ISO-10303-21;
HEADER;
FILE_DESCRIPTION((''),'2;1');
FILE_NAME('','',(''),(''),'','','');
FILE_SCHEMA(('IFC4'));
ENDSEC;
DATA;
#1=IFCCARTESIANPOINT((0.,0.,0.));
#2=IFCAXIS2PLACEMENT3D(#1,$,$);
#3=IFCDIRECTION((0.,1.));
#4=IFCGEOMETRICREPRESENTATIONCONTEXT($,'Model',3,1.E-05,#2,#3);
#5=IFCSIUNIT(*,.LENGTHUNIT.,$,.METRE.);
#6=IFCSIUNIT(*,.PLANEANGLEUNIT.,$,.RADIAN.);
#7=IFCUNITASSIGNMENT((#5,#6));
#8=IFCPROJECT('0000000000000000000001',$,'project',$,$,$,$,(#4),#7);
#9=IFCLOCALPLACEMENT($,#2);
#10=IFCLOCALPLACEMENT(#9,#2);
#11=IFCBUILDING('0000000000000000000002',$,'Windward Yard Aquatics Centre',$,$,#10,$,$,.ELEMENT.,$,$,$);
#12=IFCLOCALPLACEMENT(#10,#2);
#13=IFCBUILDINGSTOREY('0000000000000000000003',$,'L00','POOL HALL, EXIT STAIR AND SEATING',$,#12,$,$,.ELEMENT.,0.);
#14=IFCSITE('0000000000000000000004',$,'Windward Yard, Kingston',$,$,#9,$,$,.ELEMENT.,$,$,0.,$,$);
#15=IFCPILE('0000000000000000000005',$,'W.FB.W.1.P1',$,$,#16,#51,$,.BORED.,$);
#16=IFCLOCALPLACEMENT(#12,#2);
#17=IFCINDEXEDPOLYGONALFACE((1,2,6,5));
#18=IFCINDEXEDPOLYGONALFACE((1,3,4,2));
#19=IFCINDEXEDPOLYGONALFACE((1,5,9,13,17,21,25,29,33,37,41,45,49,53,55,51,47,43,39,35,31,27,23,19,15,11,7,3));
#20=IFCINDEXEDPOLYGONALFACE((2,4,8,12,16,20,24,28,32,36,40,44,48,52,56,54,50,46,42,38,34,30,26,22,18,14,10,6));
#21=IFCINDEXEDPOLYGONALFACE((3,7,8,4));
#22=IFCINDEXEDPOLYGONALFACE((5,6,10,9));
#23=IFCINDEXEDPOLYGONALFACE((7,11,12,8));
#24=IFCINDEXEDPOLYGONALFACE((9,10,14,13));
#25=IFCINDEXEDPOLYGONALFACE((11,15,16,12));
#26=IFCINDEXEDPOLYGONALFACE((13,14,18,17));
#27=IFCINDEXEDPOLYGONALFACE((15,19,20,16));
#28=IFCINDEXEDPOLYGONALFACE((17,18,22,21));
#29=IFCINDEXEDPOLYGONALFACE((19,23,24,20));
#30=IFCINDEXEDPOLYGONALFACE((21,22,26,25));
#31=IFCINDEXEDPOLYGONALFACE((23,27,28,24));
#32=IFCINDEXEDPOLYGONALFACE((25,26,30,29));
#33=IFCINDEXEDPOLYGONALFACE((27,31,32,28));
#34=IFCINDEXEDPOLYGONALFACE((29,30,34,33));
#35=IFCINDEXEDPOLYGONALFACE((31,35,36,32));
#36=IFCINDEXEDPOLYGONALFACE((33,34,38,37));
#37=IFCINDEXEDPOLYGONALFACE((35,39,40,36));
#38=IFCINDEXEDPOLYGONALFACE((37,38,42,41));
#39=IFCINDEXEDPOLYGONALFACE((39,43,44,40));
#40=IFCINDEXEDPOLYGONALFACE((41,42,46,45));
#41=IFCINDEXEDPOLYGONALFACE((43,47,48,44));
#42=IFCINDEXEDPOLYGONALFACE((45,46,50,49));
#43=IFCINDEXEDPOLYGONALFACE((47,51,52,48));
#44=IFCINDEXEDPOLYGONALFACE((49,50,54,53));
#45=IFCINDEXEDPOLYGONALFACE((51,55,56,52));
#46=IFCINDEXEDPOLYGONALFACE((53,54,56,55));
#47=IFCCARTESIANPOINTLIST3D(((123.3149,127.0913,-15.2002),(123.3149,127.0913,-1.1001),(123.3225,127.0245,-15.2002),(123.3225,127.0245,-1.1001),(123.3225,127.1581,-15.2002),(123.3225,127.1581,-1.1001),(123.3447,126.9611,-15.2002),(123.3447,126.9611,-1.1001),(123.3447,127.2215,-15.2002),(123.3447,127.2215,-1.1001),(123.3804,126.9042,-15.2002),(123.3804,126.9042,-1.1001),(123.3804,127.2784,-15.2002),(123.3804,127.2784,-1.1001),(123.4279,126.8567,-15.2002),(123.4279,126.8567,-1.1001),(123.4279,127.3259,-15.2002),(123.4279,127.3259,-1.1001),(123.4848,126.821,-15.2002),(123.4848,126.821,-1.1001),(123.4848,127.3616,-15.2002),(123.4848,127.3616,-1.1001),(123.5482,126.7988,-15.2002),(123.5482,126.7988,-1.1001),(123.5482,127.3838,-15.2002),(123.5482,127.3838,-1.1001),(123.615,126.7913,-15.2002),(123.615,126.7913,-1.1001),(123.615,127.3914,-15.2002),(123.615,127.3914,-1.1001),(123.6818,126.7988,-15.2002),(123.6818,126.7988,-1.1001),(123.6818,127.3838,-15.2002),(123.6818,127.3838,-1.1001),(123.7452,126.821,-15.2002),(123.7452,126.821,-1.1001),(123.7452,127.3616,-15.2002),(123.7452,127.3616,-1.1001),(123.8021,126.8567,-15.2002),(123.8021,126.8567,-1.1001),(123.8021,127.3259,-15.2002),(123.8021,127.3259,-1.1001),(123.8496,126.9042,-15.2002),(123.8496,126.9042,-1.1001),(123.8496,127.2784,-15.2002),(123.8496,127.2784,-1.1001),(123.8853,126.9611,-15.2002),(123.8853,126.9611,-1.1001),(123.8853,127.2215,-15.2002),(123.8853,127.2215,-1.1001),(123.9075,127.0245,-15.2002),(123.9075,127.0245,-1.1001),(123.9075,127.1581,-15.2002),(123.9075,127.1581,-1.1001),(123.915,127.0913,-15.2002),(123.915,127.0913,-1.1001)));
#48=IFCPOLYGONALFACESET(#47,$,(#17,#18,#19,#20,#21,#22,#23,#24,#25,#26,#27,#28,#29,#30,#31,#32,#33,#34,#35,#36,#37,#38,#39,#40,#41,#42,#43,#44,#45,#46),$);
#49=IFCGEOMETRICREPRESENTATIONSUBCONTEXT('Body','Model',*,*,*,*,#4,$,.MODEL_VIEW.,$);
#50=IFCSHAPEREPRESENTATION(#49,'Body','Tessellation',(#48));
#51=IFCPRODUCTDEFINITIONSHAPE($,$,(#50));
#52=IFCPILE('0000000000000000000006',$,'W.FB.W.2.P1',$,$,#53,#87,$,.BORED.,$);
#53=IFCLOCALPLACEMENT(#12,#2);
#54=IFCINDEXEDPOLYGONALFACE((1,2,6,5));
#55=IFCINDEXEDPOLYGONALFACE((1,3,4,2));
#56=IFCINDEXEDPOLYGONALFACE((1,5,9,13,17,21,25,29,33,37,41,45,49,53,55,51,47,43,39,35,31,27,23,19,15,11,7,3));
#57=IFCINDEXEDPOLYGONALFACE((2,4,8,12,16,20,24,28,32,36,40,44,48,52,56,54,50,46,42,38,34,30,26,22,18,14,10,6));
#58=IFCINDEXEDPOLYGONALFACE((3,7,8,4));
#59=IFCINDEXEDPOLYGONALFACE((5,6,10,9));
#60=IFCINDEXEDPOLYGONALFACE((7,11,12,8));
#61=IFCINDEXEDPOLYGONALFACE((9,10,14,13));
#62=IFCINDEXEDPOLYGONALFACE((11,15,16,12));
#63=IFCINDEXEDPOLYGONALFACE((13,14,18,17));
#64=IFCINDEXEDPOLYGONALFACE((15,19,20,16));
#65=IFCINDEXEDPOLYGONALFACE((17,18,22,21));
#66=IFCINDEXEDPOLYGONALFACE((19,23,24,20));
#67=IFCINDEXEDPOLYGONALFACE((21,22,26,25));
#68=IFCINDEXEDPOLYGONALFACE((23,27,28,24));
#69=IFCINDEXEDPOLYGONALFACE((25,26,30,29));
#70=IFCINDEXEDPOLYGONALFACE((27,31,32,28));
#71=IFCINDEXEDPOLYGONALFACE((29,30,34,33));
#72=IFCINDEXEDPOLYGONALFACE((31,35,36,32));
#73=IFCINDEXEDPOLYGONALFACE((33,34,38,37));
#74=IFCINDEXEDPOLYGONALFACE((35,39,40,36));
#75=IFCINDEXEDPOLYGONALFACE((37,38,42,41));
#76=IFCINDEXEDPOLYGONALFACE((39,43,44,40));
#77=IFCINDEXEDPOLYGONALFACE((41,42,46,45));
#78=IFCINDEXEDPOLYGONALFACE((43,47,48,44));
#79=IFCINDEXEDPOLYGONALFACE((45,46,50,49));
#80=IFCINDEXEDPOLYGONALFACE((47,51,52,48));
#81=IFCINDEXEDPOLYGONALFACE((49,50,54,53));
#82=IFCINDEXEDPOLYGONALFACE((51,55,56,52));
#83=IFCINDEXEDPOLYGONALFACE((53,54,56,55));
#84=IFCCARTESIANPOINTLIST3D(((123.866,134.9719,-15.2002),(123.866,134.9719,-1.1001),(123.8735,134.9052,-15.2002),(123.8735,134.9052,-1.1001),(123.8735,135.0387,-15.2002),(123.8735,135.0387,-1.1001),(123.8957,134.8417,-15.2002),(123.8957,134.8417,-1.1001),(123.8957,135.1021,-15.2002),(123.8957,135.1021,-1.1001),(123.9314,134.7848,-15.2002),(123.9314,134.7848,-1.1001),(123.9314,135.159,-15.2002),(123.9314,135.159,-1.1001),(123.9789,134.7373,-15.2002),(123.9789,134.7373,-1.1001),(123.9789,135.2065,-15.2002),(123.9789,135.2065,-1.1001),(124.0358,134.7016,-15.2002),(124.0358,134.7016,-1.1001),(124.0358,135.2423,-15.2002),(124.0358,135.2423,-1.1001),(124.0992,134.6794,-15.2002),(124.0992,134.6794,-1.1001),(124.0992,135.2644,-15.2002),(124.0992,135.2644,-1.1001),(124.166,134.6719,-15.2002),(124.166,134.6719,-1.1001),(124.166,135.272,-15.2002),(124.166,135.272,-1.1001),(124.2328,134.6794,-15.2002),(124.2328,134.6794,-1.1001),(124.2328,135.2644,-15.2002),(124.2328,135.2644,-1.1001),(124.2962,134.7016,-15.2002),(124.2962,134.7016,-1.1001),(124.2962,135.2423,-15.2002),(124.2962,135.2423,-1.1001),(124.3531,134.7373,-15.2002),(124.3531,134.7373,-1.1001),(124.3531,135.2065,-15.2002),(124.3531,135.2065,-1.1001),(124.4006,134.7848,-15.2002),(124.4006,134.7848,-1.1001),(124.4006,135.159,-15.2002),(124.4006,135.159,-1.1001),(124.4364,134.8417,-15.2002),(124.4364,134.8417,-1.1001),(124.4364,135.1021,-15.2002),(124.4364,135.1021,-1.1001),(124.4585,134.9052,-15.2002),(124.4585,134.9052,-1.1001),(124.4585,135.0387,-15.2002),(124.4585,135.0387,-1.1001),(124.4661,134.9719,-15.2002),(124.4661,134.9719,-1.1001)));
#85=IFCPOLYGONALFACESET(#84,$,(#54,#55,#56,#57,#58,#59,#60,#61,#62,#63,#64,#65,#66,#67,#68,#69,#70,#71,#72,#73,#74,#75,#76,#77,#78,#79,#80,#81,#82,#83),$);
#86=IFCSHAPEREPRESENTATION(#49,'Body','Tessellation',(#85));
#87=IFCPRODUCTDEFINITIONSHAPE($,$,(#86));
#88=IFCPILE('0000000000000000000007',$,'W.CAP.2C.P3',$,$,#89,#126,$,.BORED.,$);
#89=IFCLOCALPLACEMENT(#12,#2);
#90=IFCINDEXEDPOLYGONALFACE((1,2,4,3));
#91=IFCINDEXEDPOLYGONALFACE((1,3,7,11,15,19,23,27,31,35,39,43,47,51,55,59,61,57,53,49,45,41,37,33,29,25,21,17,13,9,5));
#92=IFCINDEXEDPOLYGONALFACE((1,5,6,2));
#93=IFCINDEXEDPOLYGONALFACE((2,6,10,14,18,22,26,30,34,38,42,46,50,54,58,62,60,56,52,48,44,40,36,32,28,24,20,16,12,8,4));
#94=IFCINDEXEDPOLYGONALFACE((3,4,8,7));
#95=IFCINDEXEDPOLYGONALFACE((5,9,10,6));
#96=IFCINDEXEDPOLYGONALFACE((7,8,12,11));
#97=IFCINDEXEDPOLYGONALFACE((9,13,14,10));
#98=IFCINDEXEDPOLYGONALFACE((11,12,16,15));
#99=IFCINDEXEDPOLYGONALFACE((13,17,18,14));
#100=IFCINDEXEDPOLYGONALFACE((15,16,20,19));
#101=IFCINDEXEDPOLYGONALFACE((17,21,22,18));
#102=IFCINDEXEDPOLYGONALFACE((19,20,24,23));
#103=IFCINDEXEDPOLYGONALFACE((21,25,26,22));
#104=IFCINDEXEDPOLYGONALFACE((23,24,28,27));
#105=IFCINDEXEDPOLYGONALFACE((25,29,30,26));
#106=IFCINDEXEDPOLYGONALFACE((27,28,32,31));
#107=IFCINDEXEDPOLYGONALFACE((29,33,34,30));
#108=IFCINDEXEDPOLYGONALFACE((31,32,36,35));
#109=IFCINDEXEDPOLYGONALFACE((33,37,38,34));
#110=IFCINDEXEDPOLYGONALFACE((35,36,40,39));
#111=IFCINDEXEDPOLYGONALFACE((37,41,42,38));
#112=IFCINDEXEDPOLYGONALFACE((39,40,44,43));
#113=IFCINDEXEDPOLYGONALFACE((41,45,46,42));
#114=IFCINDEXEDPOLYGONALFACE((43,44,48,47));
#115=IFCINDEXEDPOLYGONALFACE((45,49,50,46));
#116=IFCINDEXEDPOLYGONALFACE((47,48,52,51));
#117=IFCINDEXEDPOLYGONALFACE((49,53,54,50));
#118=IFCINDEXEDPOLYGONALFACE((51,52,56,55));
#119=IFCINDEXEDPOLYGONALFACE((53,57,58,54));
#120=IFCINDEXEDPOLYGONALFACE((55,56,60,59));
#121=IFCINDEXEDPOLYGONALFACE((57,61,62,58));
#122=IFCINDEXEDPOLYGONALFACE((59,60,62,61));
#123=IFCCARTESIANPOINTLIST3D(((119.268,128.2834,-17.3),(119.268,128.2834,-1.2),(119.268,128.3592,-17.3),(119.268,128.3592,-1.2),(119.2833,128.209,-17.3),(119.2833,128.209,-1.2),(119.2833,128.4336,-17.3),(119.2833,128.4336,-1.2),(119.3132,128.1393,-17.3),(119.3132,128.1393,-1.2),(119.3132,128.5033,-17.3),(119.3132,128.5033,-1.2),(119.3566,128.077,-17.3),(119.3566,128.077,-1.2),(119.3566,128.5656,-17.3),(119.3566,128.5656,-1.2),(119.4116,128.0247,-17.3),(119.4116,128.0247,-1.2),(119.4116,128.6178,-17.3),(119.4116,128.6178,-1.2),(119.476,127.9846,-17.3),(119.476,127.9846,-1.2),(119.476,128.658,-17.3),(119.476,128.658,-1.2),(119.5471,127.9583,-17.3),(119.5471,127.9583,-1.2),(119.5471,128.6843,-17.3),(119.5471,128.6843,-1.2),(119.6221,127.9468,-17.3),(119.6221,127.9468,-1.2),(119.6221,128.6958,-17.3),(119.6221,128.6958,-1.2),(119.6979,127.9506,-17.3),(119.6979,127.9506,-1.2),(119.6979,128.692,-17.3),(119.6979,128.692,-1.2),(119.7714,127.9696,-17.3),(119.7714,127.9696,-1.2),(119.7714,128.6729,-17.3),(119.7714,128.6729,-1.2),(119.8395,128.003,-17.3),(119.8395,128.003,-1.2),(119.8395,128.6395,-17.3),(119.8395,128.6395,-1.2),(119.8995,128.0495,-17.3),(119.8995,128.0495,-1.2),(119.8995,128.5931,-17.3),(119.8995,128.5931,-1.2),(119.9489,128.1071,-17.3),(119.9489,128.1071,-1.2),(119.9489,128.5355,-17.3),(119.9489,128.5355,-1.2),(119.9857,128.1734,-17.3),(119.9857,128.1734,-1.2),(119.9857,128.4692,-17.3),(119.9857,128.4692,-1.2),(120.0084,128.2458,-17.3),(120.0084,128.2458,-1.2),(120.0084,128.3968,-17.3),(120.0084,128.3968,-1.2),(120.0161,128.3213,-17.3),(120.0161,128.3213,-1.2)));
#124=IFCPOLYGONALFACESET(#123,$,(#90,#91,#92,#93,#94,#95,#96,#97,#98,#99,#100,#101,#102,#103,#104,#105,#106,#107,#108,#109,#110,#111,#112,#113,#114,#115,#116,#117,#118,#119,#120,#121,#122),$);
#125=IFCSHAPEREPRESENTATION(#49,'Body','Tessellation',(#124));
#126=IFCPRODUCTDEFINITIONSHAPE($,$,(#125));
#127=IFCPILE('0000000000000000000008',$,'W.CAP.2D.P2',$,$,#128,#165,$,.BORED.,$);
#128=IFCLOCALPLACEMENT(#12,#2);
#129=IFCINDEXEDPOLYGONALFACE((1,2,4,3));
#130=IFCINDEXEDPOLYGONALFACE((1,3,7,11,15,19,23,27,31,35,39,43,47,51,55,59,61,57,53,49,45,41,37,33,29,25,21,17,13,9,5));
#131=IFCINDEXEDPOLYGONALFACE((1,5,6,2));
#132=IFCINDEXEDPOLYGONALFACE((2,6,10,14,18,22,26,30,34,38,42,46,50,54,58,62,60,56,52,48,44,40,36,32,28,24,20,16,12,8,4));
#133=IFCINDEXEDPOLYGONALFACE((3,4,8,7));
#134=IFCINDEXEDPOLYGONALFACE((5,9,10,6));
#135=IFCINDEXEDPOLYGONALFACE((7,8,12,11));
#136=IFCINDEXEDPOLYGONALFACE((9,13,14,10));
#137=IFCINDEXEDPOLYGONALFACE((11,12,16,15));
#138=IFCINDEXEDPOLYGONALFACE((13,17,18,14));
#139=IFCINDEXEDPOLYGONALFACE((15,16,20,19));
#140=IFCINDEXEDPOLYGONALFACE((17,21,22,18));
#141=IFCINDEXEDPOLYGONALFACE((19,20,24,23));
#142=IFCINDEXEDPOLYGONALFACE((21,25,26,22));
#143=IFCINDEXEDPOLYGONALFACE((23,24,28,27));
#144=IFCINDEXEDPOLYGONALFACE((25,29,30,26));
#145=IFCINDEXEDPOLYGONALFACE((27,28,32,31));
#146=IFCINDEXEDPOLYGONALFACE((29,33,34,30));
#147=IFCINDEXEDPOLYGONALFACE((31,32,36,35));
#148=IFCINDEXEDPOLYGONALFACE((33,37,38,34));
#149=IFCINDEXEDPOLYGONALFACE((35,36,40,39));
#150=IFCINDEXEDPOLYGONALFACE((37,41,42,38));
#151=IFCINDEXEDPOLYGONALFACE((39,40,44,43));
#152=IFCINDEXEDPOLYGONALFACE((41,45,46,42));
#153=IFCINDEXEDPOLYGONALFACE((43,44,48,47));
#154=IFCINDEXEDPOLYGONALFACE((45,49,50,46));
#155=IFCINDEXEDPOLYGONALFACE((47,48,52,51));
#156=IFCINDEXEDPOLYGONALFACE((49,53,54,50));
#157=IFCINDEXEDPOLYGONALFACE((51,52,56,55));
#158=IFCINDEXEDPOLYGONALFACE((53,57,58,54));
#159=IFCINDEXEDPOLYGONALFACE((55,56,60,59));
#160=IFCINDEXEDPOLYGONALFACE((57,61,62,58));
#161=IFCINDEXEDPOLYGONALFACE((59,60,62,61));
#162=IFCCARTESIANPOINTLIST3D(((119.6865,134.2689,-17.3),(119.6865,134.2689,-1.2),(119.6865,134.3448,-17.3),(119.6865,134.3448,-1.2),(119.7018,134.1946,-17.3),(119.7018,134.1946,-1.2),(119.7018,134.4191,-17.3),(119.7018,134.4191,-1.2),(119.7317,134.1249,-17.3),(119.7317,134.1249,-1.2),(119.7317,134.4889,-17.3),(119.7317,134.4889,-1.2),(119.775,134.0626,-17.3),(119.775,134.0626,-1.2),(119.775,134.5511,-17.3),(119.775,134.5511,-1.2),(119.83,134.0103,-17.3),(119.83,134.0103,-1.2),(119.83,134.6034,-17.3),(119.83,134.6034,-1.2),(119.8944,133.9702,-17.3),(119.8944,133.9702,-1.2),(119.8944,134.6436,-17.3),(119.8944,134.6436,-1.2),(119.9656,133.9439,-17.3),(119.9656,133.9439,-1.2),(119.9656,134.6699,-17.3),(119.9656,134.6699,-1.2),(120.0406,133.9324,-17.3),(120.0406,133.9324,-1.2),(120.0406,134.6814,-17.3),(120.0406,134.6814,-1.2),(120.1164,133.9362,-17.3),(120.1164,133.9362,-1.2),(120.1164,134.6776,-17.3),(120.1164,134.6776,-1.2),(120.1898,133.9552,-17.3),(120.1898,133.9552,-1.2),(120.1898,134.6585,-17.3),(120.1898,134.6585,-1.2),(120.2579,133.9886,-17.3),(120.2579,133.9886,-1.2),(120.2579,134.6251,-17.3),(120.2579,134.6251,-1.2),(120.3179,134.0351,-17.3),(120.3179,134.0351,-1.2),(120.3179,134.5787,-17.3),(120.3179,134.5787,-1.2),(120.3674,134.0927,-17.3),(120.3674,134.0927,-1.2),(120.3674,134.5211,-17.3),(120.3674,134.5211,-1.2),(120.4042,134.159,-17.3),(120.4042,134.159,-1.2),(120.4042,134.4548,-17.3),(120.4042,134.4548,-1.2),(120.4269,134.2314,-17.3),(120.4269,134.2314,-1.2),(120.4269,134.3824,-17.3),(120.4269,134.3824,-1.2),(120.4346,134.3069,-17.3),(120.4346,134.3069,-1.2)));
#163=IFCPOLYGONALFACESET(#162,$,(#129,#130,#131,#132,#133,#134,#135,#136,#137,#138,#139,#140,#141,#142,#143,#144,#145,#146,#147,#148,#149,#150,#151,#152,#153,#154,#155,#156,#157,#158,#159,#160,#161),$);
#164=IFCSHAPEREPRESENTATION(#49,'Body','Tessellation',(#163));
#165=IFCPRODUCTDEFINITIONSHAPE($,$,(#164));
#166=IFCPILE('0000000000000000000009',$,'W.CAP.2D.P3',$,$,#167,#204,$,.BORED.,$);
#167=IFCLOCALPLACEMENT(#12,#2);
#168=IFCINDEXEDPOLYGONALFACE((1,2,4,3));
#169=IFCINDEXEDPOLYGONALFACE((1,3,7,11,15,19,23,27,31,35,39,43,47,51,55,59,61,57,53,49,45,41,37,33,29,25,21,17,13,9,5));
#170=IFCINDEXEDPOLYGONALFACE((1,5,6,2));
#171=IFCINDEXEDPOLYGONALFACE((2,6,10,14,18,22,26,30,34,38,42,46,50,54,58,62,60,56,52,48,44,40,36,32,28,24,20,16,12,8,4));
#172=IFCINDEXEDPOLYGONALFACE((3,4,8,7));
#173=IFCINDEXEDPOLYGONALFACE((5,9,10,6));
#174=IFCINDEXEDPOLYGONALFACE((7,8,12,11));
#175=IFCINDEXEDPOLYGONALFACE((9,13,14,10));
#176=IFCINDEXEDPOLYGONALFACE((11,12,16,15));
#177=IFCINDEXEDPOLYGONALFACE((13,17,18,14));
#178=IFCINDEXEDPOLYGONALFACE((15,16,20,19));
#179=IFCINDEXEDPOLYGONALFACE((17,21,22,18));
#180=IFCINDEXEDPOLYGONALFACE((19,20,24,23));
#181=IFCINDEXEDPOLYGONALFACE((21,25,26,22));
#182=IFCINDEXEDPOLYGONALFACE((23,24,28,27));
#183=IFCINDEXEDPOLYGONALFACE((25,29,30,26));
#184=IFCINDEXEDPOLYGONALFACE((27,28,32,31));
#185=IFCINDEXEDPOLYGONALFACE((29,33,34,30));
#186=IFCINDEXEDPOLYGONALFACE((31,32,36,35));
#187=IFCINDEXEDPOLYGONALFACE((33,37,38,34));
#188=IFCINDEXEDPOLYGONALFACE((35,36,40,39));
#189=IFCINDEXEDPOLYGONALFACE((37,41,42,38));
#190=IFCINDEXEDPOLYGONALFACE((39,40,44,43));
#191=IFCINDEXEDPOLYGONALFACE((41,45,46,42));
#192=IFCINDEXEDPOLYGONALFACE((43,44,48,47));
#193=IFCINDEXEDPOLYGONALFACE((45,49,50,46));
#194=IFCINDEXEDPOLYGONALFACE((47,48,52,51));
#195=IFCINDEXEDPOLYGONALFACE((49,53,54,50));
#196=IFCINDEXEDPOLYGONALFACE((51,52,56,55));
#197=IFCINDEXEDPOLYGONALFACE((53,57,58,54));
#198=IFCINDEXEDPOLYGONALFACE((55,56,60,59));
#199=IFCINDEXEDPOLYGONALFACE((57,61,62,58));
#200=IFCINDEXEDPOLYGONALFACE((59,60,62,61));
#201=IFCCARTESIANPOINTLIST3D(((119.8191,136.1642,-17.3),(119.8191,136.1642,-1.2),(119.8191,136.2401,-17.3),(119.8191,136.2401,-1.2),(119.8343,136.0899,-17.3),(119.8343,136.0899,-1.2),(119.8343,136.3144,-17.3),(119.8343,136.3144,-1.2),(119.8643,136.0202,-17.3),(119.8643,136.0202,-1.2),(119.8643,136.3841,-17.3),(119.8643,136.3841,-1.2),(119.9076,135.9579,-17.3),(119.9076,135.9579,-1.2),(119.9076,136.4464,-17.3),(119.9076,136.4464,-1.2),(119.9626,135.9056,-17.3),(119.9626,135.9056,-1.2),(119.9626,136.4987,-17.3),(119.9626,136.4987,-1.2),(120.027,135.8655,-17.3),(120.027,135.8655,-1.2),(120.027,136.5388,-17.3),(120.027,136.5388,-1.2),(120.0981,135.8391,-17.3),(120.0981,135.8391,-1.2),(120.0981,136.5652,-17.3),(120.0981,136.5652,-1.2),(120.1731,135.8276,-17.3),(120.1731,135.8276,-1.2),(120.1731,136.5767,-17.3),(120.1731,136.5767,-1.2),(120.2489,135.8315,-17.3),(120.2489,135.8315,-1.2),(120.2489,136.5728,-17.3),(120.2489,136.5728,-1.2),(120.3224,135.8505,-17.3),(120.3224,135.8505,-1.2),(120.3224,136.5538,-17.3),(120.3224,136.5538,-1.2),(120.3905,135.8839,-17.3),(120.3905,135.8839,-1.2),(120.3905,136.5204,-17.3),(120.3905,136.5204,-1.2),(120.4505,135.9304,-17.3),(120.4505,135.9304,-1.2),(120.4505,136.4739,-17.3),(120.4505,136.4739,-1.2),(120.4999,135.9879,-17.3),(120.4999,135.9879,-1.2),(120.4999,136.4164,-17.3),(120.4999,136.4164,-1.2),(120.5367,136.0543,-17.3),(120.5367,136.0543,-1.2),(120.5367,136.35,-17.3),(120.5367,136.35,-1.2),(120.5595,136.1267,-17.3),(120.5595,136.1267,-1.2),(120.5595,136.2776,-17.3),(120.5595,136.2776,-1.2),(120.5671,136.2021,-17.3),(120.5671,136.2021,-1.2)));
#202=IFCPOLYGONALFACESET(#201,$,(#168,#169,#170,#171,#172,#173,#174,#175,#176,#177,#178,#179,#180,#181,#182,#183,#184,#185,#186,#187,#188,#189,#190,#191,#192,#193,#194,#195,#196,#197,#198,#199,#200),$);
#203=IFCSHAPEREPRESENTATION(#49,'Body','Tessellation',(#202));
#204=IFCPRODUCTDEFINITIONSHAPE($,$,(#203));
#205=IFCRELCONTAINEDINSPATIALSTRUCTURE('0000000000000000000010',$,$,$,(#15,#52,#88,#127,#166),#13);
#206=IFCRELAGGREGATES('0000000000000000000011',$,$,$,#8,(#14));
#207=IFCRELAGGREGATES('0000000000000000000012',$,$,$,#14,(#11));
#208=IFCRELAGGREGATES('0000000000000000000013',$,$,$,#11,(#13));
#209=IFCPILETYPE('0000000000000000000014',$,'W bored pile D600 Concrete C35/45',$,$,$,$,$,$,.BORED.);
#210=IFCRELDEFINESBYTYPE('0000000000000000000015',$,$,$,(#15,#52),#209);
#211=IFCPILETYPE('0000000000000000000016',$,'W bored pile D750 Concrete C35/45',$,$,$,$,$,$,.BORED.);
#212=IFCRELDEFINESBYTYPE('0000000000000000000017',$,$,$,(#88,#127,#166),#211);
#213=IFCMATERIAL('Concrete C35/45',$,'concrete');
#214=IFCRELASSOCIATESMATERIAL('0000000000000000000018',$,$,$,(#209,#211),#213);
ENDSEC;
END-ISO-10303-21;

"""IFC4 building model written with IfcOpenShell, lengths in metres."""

from ifc_helpers import new_model, si_unit, direction, frame, origin, origin_2d, place, context, subcontext, project, spatial, circle, extrude, material, material_profile, profile_set, type_object, element, save


model = new_model("IFC4")

# Units and contexts
model_context = context("Model", 3, precision=1e-05, world=origin(), true_north=direction((0.0, 1.0)))
body_context = subcontext(model_context, "Body", "Model", "MODEL_VIEW")
ifc_project = project(units=[si_unit("LENGTHUNIT", "METRE"), si_unit("PLANEANGLEUNIT", "RADIAN")], contexts=[model_context])

# Site, building, storey
site_placement = place(None, origin())
site = spatial("IfcSite", under=ifc_project, at=site_placement, Name="Windward Yard, Kingston", CompositionType="ELEMENT", RefElevation=0.0)
building_placement = place(site_placement, origin())
building = spatial("IfcBuilding", under=site, at=building_placement, Name="Windward Yard Aquatics Centre", CompositionType="ELEMENT")
storey_placement = place(building_placement, origin())
storey = spatial("IfcBuildingStorey", under=building, at=storey_placement, Name="L00", Description="POOL HALL, EXIT STAIR AND SEATING", CompositionType="ELEMENT", Elevation=0.0)

# Piles
ifc_material_1 = material(Name="Concrete C35/45", Category="concrete")
ifc_material_profile_1 = material_profile(ifc_material_1, circle(Radius=0.3, at=origin_2d()), Name="D600")
ifc_profile_set_1 = profile_set([ifc_material_profile_1], Name="Concrete C35/45")
pile_type_1 = type_object("IfcPileType", Name="W bored pile D600 Concrete C35/45", PredefinedType="BORED", material=ifc_profile_set_1)
for number, where, z_axis, x_axis, name in (
    (1, (123.615, 127.0913, -1.1001), (0.0, 0.0, -1.0), (1.0, 0.0, 0.0), "W.FB.W.1.P1"),
    (2, (124.166, 134.9719, -1.1001), (0.0, 0.0, -1.0), (1.0, 0.0, 0.0), "W.FB.W.2.P1"),
):
    element("IfcPile", number, at=place(storey_placement, frame(where, z_axis=z_axis, x_axis=x_axis)), inside=storey, type_object=pile_type_1, Name=name, PredefinedType="BORED", context=body_context, shape_type="SweptSolid", body=[
        extrude(circle(Radius=0.3, at=origin_2d()), origin(), (0.0, 0.0, 1.0), 14.1001),
    ])
ifc_material_profile_2 = material_profile(ifc_material_1, circle(Radius=0.375, at=origin_2d()), Name="D750")
ifc_profile_set_2 = profile_set([ifc_material_profile_2], Name="Concrete C35/45")
pile_type_2 = type_object("IfcPileType", Name="W bored pile D750 Concrete C35/45", PredefinedType="BORED", material=ifc_profile_set_2)
for number, where, z_axis, x_axis, name in (
    (3, (119.6411, 128.3213, -1.2), (0.0, 0.0, -1.0), (1.0, 0.0, 0.0), "W.CAP.2C.P3"),
    (4, (120.0596, 134.3069, -1.2), (0.0, 0.0, -1.0), (1.0, 0.0, 0.0), "W.CAP.2D.P2"),
    (5, (120.1921, 136.2021, -1.2), (0.0, 0.0, -1.0), (1.0, 0.0, 0.0), "W.CAP.2D.P3"),
):
    element("IfcPile", number, at=place(storey_placement, frame(where, z_axis=z_axis, x_axis=x_axis)), inside=storey, type_object=pile_type_2, Name=name, PredefinedType="BORED", context=body_context, shape_type="SweptSolid", body=[
        extrude(circle(Radius=0.375, at=origin_2d()), origin(), (0.0, 0.0, 1.0), 16.1001),
    ])

save(model, "model.ifc")
